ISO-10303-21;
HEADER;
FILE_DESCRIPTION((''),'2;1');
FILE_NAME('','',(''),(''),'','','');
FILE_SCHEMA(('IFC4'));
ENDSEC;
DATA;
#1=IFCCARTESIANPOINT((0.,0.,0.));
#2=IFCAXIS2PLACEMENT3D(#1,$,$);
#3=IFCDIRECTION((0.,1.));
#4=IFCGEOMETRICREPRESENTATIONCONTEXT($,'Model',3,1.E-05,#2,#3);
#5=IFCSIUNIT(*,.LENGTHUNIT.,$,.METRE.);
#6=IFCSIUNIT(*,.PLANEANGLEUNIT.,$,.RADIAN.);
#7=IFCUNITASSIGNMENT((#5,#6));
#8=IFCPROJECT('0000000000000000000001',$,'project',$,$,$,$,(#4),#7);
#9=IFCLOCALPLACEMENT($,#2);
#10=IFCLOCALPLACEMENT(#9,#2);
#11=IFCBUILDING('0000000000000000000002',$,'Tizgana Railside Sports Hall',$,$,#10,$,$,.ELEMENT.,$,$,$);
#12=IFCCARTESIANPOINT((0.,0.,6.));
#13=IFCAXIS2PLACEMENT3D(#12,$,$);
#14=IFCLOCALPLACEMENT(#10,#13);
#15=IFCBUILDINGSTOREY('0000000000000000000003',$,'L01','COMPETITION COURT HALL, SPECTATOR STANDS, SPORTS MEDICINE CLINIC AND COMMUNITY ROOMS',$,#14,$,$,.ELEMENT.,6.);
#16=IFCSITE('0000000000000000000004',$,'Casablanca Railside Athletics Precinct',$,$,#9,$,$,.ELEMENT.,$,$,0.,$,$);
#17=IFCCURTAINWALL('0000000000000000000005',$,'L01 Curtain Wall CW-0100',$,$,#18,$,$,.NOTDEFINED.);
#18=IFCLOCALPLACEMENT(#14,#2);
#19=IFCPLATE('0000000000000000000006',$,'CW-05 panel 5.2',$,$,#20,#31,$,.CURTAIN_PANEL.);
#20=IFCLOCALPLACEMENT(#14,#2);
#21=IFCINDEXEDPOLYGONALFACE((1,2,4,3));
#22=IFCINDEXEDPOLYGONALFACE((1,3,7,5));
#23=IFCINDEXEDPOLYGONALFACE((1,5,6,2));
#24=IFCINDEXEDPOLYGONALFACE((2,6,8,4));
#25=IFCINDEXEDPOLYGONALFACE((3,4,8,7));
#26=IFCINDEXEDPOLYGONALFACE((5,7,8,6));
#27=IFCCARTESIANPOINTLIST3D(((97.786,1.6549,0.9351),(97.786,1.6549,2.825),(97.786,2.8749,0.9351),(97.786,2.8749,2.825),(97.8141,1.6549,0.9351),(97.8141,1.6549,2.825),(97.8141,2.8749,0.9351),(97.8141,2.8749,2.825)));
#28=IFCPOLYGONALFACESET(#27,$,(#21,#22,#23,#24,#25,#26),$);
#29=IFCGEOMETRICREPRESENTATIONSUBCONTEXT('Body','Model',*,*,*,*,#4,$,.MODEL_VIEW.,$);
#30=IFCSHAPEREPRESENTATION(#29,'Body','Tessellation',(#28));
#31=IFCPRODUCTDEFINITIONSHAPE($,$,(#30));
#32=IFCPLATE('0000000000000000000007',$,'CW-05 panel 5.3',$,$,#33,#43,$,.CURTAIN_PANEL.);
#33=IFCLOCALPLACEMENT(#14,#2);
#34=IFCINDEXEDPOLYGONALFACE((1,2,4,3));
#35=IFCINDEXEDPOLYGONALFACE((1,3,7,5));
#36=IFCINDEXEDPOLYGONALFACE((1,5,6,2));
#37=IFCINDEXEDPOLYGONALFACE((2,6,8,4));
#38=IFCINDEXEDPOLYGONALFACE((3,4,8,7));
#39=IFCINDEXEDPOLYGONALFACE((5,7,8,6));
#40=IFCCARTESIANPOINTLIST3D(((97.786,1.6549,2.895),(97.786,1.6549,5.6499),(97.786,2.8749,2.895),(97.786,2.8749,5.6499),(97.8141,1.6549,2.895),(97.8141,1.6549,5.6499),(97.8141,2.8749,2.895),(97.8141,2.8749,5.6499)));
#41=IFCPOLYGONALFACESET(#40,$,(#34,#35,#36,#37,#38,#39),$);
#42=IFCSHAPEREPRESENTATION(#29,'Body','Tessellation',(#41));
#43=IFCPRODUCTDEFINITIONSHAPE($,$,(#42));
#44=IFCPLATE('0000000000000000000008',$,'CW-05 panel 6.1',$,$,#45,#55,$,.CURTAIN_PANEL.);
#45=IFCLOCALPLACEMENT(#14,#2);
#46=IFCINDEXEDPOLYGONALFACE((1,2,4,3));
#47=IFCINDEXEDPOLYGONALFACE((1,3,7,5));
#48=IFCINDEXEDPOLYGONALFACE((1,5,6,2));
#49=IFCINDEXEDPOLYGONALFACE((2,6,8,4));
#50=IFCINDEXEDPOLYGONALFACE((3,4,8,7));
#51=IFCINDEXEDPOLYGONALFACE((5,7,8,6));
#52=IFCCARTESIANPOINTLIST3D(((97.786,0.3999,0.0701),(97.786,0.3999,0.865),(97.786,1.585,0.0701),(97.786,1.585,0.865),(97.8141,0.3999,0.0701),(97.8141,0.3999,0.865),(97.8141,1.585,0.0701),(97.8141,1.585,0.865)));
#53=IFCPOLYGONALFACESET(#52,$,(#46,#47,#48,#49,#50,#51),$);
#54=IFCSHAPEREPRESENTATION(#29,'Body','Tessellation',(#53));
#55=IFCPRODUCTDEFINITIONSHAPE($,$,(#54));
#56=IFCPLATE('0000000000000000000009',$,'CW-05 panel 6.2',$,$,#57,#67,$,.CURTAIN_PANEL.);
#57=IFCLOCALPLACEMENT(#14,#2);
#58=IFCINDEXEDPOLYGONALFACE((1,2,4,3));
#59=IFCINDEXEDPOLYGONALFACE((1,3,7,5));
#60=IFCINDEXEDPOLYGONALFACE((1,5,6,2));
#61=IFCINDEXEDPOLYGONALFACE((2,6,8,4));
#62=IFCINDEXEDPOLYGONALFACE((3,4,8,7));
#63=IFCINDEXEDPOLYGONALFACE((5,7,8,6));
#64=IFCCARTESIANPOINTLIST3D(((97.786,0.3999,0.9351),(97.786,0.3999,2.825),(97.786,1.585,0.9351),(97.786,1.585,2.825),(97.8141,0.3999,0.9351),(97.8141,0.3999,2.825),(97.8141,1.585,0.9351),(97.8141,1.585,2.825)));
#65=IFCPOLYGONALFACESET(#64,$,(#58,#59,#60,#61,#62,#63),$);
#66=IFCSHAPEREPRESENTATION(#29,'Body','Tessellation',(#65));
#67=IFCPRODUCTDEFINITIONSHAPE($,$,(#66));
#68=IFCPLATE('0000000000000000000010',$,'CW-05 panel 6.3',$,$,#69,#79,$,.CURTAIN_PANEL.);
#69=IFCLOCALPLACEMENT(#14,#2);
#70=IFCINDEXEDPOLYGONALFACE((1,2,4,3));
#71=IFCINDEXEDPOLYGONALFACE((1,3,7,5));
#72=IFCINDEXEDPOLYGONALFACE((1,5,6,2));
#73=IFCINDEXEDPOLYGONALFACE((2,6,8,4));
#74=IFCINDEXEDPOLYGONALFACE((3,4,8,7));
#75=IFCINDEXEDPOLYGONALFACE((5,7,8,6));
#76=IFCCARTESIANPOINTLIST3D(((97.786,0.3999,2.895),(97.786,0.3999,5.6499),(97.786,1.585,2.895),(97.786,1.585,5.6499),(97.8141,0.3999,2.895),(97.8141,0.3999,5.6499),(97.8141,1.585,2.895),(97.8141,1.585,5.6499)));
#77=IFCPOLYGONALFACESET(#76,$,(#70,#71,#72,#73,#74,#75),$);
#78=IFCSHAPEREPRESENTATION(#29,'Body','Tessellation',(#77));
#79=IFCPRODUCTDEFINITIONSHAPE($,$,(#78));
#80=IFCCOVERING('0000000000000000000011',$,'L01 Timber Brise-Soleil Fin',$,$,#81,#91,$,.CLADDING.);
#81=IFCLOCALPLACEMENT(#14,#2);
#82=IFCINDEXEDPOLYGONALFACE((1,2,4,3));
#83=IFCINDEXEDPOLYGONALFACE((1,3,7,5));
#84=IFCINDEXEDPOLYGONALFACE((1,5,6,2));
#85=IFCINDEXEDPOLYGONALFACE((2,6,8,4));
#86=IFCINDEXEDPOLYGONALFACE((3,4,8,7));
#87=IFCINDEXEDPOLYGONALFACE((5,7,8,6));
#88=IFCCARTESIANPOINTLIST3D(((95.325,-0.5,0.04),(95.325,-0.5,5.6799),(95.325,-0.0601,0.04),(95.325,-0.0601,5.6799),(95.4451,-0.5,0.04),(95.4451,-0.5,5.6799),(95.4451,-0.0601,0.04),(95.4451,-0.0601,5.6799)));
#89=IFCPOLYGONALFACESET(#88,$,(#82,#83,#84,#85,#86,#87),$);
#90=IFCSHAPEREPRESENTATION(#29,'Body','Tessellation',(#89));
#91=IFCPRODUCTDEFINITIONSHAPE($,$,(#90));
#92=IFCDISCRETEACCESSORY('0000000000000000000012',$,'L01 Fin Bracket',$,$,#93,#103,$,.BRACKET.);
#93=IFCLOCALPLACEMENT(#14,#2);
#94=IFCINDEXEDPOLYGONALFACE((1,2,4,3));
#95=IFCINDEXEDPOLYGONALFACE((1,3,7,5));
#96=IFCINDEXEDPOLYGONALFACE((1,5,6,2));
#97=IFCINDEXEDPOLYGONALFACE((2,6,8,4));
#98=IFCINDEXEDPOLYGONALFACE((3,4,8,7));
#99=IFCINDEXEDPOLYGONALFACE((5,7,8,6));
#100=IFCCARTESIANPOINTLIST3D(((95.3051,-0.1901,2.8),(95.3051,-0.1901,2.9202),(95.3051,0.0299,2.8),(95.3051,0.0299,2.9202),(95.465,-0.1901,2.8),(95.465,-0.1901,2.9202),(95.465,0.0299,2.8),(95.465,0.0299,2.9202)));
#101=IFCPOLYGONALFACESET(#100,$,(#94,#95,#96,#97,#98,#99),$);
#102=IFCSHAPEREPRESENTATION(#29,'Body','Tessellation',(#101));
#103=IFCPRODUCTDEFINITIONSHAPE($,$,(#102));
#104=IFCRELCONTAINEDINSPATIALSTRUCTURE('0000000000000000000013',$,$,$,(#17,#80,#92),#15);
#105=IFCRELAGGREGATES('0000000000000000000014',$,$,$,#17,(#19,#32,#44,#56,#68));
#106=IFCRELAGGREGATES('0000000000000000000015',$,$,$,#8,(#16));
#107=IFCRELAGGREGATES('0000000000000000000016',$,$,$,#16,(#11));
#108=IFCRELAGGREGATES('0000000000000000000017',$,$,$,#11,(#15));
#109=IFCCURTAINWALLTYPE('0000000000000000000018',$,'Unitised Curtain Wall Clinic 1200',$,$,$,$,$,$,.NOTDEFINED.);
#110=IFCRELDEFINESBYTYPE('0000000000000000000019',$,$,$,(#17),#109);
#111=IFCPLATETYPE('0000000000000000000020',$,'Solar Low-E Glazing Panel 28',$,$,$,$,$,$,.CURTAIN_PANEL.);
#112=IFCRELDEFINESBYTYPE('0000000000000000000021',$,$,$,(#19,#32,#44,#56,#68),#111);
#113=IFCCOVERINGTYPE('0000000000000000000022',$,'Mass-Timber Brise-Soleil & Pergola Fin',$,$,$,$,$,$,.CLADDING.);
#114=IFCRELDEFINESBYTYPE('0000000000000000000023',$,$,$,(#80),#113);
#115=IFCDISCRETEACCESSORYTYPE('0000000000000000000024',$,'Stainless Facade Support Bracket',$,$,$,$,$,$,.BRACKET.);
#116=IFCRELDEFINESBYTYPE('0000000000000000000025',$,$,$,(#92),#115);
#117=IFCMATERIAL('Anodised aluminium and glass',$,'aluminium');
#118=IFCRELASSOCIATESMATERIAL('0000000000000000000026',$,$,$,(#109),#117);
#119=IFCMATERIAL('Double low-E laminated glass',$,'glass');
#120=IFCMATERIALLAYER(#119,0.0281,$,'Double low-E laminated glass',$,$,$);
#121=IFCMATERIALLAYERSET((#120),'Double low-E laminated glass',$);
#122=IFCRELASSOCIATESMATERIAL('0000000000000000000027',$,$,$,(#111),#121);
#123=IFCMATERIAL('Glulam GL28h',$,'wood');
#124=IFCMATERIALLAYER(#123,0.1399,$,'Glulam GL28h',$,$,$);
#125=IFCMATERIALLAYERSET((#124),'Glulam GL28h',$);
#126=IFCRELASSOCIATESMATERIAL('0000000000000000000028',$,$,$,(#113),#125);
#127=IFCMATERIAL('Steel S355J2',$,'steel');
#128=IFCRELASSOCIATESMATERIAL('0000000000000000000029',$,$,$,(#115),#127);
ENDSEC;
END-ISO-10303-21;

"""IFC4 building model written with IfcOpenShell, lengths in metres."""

from ifc_helpers import new_model, si_unit, direction, frame, origin, origin_2d, place, context, subcontext, project, spatial, rectangle, extrude, material, layer, layer_set, type_object, element, aggregate, save


model = new_model("IFC4")

# Units and contexts
model_context = context("Model", 3, precision=1e-05, world=origin(), true_north=direction((0.0, 1.0)))
body_context = subcontext(model_context, "Body", "Model", "MODEL_VIEW")
ifc_project = project(units=[si_unit("LENGTHUNIT", "METRE"), si_unit("PLANEANGLEUNIT", "RADIAN")], contexts=[model_context])

# Site, building, storey
site_placement = place(None, origin())
site = spatial("IfcSite", under=ifc_project, at=site_placement, Name="Casablanca Railside Athletics Precinct", CompositionType="ELEMENT", RefElevation=0.0)
building_placement = place(site_placement, origin())
building = spatial("IfcBuilding", under=site, at=building_placement, Name="Tizgana Railside Sports Hall", CompositionType="ELEMENT")
storey_placement = place(building_placement, frame((0.0, 0.0, 6.0)))
storey = spatial("IfcBuildingStorey", under=building, at=storey_placement, Name="L01", Description="COMPETITION COURT HALL, SPECTATOR STANDS, SPORTS MEDICINE CLINIC AND COMMUNITY ROOMS", CompositionType="ELEMENT", Elevation=6.0)

# Curtain wall
ifc_material_1 = material(Name="Anodised aluminium and glass", Category="aluminium")
curtain_wall_type_1 = type_object("IfcCurtainWallType", Name="Unitised Curtain Wall Clinic 1200", PredefinedType="NOTDEFINED", material=ifc_material_1)
curtain_wall_1_placement = place(storey_placement, origin())
curtain_wall_1 = element("IfcCurtainWall", 1, at=curtain_wall_1_placement, inside=storey, type_object=curtain_wall_type_1, Name="L01 Curtain Wall CW-0100", PredefinedType="NOTDEFINED")

# Shared definitions
ifc_material_2 = material(Name="Steel S355J2", Category="steel")

# Plates
ifc_material_3 = material(Name="Double low-E laminated glass", Category="glass")
ifc_layer_1 = layer(ifc_material_3, 0.0281, Name="Double low-E laminated glass")
ifc_layer_set_1 = layer_set([ifc_layer_1], Name="Double low-E laminated glass")
plate_type_1 = type_object("IfcPlateType", Name="Solar Low-E Glazing Panel 28", PredefinedType="CURTAIN_PANEL", material=ifc_layer_set_1)
plate_1_placement = place(storey_placement, frame((97.8, 2.2649, 0.9351), z_axis=(0.0, 0.0, 1.0), x_axis=(0.0, -1.0, 0.0)))
plate_1 = element("IfcPlate", 2, at=plate_1_placement, type_object=plate_type_1, Name="CW-05 panel 5.2", PredefinedType="CURTAIN_PANEL", context=body_context, shape_type="SweptSolid", body=[
    extrude(rectangle(XDim=1.22, YDim=0.0281, at=origin_2d()), origin(), (0.0, 0.0, 1.0), 1.8899),
])
plate_2_placement = place(storey_placement, frame((97.8, 2.2649, 2.895), z_axis=(0.0, 0.0, 1.0), x_axis=(0.0, -1.0, 0.0)))
plate_2 = element("IfcPlate", 3, at=plate_2_placement, type_object=plate_type_1, Name="CW-05 panel 5.3", PredefinedType="CURTAIN_PANEL", context=body_context, shape_type="SweptSolid", body=[
    extrude(rectangle(XDim=1.22, YDim=0.0281, at=origin_2d()), origin(), (0.0, 0.0, 1.0), 2.7549),
])
plate_3_placement = place(storey_placement, frame((97.8, 0.9924, 0.0701), z_axis=(0.0, 0.0, 1.0), x_axis=(0.0, -1.0, 0.0)))
plate_3 = element("IfcPlate", 4, at=plate_3_placement, type_object=plate_type_1, Name="CW-05 panel 6.1", PredefinedType="CURTAIN_PANEL", context=body_context, shape_type="SweptSolid", body=[
    extrude(rectangle(XDim=1.1851, YDim=0.0281, at=origin_2d()), origin(), (0.0, 0.0, 1.0), 0.7949),
])
plate_4_placement = place(storey_placement, frame((97.8, 0.9924, 0.9351), z_axis=(0.0, 0.0, 1.0), x_axis=(0.0, -1.0, 0.0)))
plate_4 = element("IfcPlate", 5, at=plate_4_placement, type_object=plate_type_1, Name="CW-05 panel 6.2", PredefinedType="CURTAIN_PANEL", context=body_context, shape_type="SweptSolid", body=[
    extrude(rectangle(XDim=1.1851, YDim=0.0281, at=origin_2d()), origin(), (0.0, 0.0, 1.0), 1.8899),
])
plate_5_placement = place(storey_placement, frame((97.8, 0.9924, 2.895), z_axis=(0.0, 0.0, 1.0), x_axis=(0.0, -1.0, 0.0)))
plate_5 = element("IfcPlate", 6, at=plate_5_placement, type_object=plate_type_1, Name="CW-05 panel 6.3", PredefinedType="CURTAIN_PANEL", context=body_context, shape_type="SweptSolid", body=[
    extrude(rectangle(XDim=1.1851, YDim=0.0281, at=origin_2d()), origin(), (0.0, 0.0, 1.0), 2.7549),
])
aggregate(curtain_wall_1, [plate_1, plate_2, plate_3, plate_4, plate_5])

# Covering
ifc_material_4 = material(Name="Glulam GL28h", Category="wood")
ifc_layer_2 = layer(ifc_material_4, 0.1399, Name="Glulam GL28h")
ifc_layer_set_2 = layer_set([ifc_layer_2], Name="Glulam GL28h")
covering_type = type_object("IfcCoveringType", Name="Mass-Timber Brise-Soleil & Pergola Fin", PredefinedType="CLADDING", material=ifc_layer_set_2)
covering_placement = place(storey_placement, frame((95.385, -0.28, 0.04), z_axis=(0.0, 0.0, 1.0), x_axis=(-1.0, 0.0, 0.0)))
element("IfcCovering", 7, at=covering_placement, inside=storey, type_object=covering_type, Name="L01 Timber Brise-Soleil Fin", PredefinedType="CLADDING", context=body_context, shape_type="SweptSolid", body=[
    extrude(rectangle(XDim=0.1201, YDim=0.4399, at=origin_2d()), origin(), (0.0, 0.0, 1.0), 5.6399),
])

# Discrete accessory
discrete_accessory_type = type_object("IfcDiscreteAccessoryType", Name="Stainless Facade Support Bracket", PredefinedType="BRACKET", material=ifc_material_2)
discrete_accessory_placement = place(storey_placement, frame((95.385, -0.0801, 2.8), z_axis=(0.0, 0.0, 1.0), x_axis=(-1.0, 0.0, 0.0)))
element("IfcDiscreteAccessory", 8, at=discrete_accessory_placement, inside=storey, type_object=discrete_accessory_type, Name="L01 Fin Bracket", PredefinedType="BRACKET", context=body_context, shape_type="SweptSolid", body=[
    extrude(rectangle(XDim=0.1599, YDim=0.22, at=origin_2d()), origin(), (0.0, 0.0, 1.0), 0.1201),
])

save(model, "model.ifc")
